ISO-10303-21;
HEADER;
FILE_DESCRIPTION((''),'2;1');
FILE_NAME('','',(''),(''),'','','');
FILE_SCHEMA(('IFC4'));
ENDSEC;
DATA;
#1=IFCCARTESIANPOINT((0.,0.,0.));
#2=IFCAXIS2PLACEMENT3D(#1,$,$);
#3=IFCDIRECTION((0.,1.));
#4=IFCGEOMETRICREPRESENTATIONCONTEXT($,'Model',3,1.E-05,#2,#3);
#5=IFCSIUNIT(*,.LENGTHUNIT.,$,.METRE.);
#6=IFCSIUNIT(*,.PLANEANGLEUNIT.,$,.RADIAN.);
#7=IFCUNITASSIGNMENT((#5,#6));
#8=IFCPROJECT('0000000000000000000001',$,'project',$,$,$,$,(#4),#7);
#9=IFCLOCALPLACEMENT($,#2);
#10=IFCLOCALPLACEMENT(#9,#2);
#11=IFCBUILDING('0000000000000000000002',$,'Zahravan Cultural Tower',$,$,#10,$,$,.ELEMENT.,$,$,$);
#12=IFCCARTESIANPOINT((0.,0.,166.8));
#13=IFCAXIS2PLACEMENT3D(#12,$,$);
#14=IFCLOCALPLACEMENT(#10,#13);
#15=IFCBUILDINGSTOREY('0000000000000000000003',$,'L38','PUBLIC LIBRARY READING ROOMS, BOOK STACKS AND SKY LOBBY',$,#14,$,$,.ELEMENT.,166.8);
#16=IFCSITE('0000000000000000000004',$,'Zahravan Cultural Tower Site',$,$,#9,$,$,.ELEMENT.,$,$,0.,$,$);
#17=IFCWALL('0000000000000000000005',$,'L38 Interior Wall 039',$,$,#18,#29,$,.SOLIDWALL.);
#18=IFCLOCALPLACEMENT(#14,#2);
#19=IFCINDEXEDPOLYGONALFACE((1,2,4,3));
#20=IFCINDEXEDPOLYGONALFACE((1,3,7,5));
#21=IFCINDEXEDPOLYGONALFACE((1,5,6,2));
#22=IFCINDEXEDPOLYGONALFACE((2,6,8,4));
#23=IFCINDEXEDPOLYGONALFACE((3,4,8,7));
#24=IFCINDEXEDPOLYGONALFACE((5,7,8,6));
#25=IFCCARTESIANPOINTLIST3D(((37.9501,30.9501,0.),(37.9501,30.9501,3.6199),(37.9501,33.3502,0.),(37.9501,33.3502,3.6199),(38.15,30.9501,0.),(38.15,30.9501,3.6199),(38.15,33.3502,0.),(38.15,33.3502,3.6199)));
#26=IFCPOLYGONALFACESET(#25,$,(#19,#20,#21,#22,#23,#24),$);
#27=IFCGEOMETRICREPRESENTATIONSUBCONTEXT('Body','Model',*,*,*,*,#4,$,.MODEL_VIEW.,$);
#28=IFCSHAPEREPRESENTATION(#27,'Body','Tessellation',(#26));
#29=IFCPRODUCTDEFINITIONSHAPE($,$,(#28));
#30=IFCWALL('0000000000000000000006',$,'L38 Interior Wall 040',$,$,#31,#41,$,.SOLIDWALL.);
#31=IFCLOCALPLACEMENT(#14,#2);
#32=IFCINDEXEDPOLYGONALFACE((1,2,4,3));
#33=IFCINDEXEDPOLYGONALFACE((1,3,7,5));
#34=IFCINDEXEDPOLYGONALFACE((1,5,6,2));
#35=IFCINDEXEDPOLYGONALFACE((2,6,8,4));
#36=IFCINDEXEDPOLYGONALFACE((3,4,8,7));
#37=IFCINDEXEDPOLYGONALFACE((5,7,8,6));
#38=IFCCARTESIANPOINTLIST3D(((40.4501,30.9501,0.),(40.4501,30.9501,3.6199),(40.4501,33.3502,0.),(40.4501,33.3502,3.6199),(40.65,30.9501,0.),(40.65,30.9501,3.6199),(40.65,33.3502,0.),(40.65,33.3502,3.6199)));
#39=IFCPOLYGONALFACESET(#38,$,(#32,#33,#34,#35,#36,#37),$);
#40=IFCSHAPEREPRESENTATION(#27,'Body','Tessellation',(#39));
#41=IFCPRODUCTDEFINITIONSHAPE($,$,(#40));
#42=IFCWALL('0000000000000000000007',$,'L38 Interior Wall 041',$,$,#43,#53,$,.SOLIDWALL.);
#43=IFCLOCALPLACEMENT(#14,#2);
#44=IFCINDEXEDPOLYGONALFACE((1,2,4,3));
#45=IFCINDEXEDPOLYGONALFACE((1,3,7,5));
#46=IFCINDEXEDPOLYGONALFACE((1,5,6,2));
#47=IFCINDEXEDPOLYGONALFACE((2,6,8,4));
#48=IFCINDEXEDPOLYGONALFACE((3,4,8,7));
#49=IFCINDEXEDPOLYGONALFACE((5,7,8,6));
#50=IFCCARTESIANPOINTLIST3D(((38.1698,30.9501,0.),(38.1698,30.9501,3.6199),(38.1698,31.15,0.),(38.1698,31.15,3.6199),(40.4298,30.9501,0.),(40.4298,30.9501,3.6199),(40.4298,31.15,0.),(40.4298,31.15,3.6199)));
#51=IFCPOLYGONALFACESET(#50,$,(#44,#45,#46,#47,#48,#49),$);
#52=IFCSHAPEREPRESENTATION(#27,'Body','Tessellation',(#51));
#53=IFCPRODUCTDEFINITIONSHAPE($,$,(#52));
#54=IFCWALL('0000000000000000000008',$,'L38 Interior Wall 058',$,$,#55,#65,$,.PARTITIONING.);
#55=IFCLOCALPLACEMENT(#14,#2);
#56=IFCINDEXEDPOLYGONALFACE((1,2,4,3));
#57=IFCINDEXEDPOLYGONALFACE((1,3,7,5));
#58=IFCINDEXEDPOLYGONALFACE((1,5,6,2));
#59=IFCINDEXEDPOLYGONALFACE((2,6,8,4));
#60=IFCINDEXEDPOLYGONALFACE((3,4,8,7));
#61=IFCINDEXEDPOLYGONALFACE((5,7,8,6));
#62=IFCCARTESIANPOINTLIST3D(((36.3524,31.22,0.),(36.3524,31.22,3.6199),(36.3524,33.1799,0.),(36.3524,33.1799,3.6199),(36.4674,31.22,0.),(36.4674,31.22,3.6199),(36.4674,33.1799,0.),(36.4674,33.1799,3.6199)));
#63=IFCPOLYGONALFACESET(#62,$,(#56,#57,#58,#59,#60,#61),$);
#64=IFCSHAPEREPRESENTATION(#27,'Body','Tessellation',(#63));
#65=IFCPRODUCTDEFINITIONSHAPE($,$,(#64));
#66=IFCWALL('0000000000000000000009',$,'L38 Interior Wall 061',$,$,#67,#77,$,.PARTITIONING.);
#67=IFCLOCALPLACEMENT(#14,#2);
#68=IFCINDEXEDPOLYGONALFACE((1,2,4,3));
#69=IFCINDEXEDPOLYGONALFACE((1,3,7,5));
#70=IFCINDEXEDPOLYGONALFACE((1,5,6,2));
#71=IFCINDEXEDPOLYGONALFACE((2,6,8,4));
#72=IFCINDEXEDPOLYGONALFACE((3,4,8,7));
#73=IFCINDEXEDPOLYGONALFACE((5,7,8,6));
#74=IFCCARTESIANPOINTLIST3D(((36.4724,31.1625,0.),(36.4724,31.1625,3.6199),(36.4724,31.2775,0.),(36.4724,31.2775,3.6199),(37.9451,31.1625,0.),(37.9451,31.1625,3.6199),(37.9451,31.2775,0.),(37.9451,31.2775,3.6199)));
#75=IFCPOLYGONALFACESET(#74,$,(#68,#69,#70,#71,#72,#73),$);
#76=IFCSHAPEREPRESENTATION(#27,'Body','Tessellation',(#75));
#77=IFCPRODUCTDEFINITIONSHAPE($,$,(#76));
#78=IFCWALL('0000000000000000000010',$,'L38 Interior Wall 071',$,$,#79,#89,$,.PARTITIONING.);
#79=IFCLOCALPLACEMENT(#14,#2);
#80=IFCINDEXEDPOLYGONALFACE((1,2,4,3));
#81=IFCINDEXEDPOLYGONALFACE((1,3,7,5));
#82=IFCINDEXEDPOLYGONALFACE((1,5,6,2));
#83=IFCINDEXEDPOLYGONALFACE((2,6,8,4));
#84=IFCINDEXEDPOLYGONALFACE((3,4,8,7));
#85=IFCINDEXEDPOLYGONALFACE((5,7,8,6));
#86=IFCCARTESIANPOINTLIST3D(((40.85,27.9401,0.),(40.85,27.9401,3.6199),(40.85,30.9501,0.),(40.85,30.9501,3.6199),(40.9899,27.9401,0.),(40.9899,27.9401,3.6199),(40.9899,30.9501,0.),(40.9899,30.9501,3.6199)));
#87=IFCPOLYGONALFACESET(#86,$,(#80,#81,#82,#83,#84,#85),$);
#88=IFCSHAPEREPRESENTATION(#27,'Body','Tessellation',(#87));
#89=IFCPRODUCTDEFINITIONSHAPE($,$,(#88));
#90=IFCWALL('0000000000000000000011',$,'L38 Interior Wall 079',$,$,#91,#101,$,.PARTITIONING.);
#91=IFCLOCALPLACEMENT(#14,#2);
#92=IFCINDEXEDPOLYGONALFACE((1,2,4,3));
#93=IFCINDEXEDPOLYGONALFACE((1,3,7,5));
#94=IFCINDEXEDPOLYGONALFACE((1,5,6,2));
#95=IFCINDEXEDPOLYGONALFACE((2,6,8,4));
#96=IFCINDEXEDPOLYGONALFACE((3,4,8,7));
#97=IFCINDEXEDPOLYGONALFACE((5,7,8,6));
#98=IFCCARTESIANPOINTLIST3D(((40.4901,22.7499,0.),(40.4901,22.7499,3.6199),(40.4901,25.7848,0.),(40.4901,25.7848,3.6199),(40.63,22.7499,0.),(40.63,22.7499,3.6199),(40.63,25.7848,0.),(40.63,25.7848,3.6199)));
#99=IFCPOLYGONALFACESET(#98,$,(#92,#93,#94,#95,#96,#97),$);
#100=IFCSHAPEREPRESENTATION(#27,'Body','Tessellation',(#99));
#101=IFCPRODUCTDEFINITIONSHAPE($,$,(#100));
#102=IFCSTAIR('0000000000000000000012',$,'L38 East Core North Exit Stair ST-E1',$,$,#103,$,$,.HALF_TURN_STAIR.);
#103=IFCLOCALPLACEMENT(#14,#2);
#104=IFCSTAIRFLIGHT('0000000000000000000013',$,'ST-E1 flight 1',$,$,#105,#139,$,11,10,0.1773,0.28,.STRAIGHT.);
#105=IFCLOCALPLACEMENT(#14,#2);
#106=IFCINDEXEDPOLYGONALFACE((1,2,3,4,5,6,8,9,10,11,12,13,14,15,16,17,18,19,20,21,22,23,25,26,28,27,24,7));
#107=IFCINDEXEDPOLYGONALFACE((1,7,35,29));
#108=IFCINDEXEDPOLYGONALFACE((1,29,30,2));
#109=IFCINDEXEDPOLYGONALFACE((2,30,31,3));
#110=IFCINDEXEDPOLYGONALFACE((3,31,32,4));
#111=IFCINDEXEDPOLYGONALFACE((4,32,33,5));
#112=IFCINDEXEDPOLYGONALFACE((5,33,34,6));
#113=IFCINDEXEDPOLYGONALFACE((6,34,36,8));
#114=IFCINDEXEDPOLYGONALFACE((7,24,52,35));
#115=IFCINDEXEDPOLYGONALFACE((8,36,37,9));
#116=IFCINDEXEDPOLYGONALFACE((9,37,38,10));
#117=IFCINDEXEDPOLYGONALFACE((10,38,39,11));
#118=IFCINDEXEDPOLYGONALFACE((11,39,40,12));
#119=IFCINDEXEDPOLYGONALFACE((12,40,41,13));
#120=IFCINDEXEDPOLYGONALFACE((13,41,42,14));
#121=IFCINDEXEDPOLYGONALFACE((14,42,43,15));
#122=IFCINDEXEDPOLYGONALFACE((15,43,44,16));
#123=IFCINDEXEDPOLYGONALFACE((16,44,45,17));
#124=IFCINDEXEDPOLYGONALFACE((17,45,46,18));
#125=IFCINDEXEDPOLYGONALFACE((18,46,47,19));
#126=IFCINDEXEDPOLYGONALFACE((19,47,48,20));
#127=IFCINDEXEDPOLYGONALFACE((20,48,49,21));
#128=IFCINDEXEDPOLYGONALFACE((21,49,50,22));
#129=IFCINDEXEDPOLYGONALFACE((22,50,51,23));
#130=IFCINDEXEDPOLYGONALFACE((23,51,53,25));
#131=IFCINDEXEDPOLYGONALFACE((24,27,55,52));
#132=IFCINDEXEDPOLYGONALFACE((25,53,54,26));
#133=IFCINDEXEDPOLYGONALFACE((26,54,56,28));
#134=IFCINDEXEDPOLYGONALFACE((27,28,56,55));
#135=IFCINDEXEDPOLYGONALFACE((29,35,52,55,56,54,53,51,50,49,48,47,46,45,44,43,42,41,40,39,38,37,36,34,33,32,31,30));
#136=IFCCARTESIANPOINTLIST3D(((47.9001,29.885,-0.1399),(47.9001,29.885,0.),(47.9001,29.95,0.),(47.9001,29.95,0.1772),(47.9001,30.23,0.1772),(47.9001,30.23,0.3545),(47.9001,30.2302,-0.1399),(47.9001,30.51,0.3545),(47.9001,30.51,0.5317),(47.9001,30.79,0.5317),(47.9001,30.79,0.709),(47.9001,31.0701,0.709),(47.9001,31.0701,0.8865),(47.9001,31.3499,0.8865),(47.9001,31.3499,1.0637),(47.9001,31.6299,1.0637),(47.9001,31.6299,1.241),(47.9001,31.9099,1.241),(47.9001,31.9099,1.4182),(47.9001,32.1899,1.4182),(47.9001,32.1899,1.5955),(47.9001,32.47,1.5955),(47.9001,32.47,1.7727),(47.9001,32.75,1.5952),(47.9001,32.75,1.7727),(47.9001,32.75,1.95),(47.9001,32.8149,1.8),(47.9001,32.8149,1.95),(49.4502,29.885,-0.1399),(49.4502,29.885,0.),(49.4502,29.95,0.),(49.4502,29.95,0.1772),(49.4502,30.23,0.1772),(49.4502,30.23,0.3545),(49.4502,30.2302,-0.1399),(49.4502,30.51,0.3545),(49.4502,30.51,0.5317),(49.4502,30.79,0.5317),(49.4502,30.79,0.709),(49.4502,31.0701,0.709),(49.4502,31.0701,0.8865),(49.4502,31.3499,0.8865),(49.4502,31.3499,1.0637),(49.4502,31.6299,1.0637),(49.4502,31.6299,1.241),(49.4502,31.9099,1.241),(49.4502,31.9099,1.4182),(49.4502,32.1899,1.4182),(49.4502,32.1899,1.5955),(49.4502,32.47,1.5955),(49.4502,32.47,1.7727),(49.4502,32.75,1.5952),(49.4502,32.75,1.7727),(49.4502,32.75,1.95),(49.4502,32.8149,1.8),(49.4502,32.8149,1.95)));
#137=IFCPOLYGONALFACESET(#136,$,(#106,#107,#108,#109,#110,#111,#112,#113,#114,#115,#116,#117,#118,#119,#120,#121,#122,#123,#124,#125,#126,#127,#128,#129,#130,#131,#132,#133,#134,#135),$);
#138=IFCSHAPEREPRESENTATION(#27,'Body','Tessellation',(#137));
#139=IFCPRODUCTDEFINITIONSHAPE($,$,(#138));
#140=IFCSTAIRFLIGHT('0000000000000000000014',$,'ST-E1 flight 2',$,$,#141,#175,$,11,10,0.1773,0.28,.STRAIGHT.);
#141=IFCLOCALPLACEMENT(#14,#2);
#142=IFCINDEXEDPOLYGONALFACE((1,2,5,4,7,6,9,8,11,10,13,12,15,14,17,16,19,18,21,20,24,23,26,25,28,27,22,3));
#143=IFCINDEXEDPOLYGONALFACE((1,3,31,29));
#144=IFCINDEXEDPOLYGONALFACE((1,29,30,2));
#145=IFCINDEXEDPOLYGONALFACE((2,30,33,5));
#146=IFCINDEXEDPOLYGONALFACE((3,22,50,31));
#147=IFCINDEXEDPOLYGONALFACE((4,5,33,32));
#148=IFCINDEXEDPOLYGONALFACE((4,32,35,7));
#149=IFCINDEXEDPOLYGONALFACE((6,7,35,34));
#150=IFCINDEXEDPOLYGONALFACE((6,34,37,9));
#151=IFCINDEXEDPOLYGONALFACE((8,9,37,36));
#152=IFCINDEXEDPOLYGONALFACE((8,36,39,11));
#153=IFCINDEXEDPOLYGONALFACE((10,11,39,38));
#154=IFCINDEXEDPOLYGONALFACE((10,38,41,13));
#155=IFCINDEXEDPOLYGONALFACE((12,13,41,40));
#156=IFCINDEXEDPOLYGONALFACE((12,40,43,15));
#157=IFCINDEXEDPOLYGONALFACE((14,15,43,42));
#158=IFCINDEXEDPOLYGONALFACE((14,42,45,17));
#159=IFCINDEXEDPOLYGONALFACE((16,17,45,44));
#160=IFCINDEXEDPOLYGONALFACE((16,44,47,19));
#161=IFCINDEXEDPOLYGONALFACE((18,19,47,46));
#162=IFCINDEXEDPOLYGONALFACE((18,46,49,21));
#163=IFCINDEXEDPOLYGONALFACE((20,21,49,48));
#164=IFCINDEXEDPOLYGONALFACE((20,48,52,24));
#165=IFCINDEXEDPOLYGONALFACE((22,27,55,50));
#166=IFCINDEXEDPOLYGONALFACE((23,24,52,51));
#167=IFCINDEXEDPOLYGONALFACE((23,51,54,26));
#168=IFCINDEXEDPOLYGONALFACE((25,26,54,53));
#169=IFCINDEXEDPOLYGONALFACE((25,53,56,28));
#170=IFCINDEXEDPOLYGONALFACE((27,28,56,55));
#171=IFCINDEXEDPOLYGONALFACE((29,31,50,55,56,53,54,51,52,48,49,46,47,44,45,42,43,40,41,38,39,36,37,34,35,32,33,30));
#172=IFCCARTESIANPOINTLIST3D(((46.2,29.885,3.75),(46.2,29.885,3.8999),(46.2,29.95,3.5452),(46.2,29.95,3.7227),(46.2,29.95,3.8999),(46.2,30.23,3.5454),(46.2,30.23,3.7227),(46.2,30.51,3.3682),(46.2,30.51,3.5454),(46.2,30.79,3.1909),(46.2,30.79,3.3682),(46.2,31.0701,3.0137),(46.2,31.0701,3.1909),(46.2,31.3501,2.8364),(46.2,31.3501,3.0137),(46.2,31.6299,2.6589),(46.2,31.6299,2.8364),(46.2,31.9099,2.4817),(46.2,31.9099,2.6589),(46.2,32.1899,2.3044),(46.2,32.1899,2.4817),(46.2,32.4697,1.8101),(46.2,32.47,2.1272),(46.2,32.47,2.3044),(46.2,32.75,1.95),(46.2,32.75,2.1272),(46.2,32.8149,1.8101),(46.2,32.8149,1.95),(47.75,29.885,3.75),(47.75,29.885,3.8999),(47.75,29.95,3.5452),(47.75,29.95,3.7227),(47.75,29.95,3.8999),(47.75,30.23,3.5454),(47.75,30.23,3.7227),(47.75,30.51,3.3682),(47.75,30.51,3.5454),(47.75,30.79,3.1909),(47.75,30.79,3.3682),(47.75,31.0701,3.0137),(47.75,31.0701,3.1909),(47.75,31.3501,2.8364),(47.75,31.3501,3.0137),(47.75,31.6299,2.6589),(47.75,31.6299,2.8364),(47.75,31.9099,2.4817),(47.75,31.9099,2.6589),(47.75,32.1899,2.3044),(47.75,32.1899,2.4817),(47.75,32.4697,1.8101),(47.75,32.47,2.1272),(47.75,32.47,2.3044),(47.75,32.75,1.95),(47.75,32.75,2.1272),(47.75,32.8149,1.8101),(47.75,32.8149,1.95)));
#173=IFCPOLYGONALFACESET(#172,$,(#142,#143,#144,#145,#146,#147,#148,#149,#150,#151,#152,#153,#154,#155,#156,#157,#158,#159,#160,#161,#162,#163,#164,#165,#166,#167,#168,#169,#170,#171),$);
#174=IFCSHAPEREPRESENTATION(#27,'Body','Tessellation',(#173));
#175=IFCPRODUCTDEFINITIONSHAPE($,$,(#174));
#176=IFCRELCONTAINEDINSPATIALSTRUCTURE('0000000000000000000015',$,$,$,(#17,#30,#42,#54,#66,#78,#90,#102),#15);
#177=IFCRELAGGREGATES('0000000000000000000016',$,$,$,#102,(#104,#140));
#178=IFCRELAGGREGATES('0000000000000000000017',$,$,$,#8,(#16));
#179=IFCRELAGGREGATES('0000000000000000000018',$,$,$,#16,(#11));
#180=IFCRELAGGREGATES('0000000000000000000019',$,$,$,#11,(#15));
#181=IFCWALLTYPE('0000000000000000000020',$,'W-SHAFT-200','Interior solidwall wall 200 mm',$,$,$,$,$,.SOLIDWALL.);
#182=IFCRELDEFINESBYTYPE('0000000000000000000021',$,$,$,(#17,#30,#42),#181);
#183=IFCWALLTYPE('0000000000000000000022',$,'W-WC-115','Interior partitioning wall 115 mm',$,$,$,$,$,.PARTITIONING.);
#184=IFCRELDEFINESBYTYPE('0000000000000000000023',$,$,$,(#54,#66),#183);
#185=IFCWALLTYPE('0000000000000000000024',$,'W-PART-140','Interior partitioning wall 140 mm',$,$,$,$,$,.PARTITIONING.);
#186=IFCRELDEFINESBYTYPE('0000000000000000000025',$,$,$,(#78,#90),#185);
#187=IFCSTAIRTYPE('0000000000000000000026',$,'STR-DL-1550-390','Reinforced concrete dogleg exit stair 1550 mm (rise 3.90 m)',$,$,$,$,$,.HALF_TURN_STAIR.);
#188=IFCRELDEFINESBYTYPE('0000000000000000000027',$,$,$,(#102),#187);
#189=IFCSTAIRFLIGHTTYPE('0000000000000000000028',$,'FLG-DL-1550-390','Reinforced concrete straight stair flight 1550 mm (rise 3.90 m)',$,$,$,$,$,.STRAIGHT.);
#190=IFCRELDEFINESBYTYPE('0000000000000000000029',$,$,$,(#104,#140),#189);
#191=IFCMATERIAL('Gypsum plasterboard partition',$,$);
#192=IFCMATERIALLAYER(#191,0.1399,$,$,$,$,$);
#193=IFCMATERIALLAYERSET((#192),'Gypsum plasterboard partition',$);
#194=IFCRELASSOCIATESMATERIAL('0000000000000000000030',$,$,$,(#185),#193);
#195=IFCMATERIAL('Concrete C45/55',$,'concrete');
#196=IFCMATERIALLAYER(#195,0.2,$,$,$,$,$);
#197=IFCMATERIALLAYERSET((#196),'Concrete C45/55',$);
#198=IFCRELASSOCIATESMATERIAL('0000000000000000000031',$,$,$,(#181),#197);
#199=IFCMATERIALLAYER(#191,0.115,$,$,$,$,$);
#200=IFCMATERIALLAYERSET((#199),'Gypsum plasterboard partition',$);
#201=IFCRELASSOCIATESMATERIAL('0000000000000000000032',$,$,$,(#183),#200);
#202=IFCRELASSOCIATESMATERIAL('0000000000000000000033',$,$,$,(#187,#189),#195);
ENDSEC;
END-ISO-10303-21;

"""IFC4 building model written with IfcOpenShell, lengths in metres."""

from ifc_helpers import new_model, si_unit, direction, frame, frame_2d, origin, place, context, subcontext, project, spatial, polyline, rectangle, outline, extrude, source, transform, mapped, material, layer, layer_set, type_object, element, aggregate, save


model = new_model("IFC4")

# Units and contexts
model_context = context("Model", 3, precision=1e-05, world=origin(), true_north=direction((0.0, 1.0)))
body_context = subcontext(model_context, "Body", "Model", "MODEL_VIEW")
ifc_project = project(units=[si_unit("LENGTHUNIT", "METRE"), si_unit("PLANEANGLEUNIT", "RADIAN")], contexts=[model_context])

# Site, building, storey
site_placement = place(None, origin())
site = spatial("IfcSite", under=ifc_project, at=site_placement, Name="Zahravan Cultural Tower Site", CompositionType="ELEMENT", RefElevation=0.0)
building_placement = place(site_placement, origin())
building = spatial("IfcBuilding", under=site, at=building_placement, Name="Zahravan Cultural Tower", CompositionType="ELEMENT")
storey_placement = place(building_placement, frame((0.0, 0.0, 166.8)))
storey = spatial("IfcBuildingStorey", under=building, at=storey_placement, Name="L38", Description="PUBLIC LIBRARY READING ROOMS, BOOK STACKS AND SKY LOBBY", CompositionType="ELEMENT", Elevation=166.8)

# Shared definitions
ifc_material_1 = material(Name="Gypsum plasterboard partition")
ifc_layer_1 = layer(ifc_material_1, 0.1399)
ifc_layer_set_1 = layer_set([ifc_layer_1], Name="Gypsum plasterboard partition")
wall_type_1 = type_object("IfcWallType", Name="W-PART-140", Description="Interior partitioning wall 140 mm", PredefinedType="PARTITIONING", material=ifc_layer_set_1)
ifc_material_2 = material(Name="Concrete C45/55", Category="concrete")
ifc_layer_2 = layer(ifc_material_2, 0.2)
ifc_layer_set_2 = layer_set([ifc_layer_2], Name="Concrete C45/55")
wall_type_2 = type_object("IfcWallType", Name="W-SHAFT-200", Description="Interior solidwall wall 200 mm", PredefinedType="SOLIDWALL", material=ifc_layer_set_2)

# Walls
shared_shape_1 = source(origin(), body_context, "Body", "SweptSolid", [
    extrude(rectangle(XDim=2.4001, YDim=0.2, at=frame_2d((1.2002, 0.0))), origin(), (0.0, 0.0, 1.0), 3.6199),
])
for number, where, z_axis, x_axis, name in (
    (1, (38.05, 30.95, 0.0), (0.0, 0.0, 1.0), (0.0, 1.0, 0.0), "L38 Interior Wall 039"),
    (2, (40.55, 30.95, 0.0), (0.0, 0.0, 1.0), (0.0, 1.0, 0.0), "L38 Interior Wall 040"),
):
    element("IfcWall", number, at=place(storey_placement, frame(where, z_axis=z_axis, x_axis=x_axis)), inside=storey, type_object=wall_type_2, Name=name, PredefinedType="SOLIDWALL", context=body_context, shape_type="MappedRepresentation", body=[
        mapped(shared_shape_1, transform((0.0, 0.0, 0.0), x_axis=(1.0, 0.0, 0.0), y_axis=(0.0, 1.0, 0.0), z_axis=(0.0, 0.0, 1.0), scale=1.0)),
    ])
shared_shape_2 = source(origin(), body_context, "Body", "SweptSolid", [
    extrude(rectangle(XDim=2.26, YDim=0.2, at=frame_2d((1.1299, 0.0))), origin(), (0.0, 0.0, 1.0), 3.6199),
])
wall_1_placement = place(storey_placement, frame((38.1699, 31.05, 0.0), z_axis=(0.0, 0.0, 1.0), x_axis=(1.0, 0.0, 0.0)))
element("IfcWall", 3, at=wall_1_placement, inside=storey, type_object=wall_type_2, Name="L38 Interior Wall 041", PredefinedType="SOLIDWALL", context=body_context, shape_type="MappedRepresentation", body=[
    mapped(shared_shape_2, transform((0.0, 0.0, 0.0), x_axis=(1.0, 0.0, 0.0), y_axis=(0.0, 1.0, 0.0), z_axis=(0.0, 0.0, 1.0), scale=1.0)),
])
ifc_layer_3 = layer(ifc_material_1, 0.115)
ifc_layer_set_3 = layer_set([ifc_layer_3], Name="Gypsum plasterboard partition")
wall_type_3 = type_object("IfcWallType", Name="W-WC-115", Description="Interior partitioning wall 115 mm", PredefinedType="PARTITIONING", material=ifc_layer_set_3)
shared_shape_3 = source(origin(), body_context, "Body", "SweptSolid", [
    extrude(rectangle(XDim=1.96, YDim=0.115, at=frame_2d((0.98, 0.0))), origin(), (0.0, 0.0, 1.0), 3.6199),
])
wall_2_placement = place(storey_placement, frame((36.4099, 33.1799, 0.0), z_axis=(0.0, 0.0, 1.0), x_axis=(0.0, -1.0, 0.0)))
element("IfcWall", 4, at=wall_2_placement, inside=storey, type_object=wall_type_3, Name="L38 Interior Wall 058", PredefinedType="PARTITIONING", context=body_context, shape_type="MappedRepresentation", body=[
    mapped(shared_shape_3, transform((0.0, 0.0, 0.0), x_axis=(1.0, 0.0, 0.0), y_axis=(0.0, 1.0, 0.0), z_axis=(0.0, 0.0, 1.0), scale=1.0)),
])
shared_shape_4 = source(origin(), body_context, "Body", "SweptSolid", [
    extrude(rectangle(XDim=1.4727, YDim=0.115, at=frame_2d((0.7363, 0.0))), origin(), (0.0, 0.0, 1.0), 3.6199),
])
wall_3_placement = place(storey_placement, frame((37.9451, 31.22, 0.0), z_axis=(0.0, 0.0, 1.0), x_axis=(-1.0, 0.0, 0.0)))
element("IfcWall", 5, at=wall_3_placement, inside=storey, type_object=wall_type_3, Name="L38 Interior Wall 061", PredefinedType="PARTITIONING", context=body_context, shape_type="MappedRepresentation", body=[
    mapped(shared_shape_4, transform((0.0, 0.0, 0.0), x_axis=(1.0, 0.0, 0.0), y_axis=(0.0, 1.0, 0.0), z_axis=(0.0, 0.0, 1.0), scale=1.0)),
])
shared_shape_5 = source(origin(), body_context, "Body", "SweptSolid", [
    extrude(rectangle(XDim=3.01, YDim=0.1399, at=frame_2d((1.5049, 0.0))), origin(), (0.0, 0.0, 1.0), 3.6199),
])
wall_4_placement = place(storey_placement, frame((40.9199, 30.95, 0.0), z_axis=(0.0, 0.0, 1.0), x_axis=(0.0, -1.0, 0.0)))
element("IfcWall", 6, at=wall_4_placement, inside=storey, type_object=wall_type_1, Name="L38 Interior Wall 071", PredefinedType="PARTITIONING", context=body_context, shape_type="MappedRepresentation", body=[
    mapped(shared_shape_5, transform((0.0, 0.0, 0.0), x_axis=(1.0, 0.0, 0.0), y_axis=(0.0, 1.0, 0.0), z_axis=(0.0, 0.0, 1.0), scale=1.0)),
])
shared_shape_6 = source(origin(), body_context, "Body", "SweptSolid", [
    extrude(rectangle(XDim=3.0349, YDim=0.1399, at=frame_2d((1.5176, 0.0))), origin(), (0.0, 0.0, 1.0), 3.6199),
])
wall_5_placement = place(storey_placement, frame((40.5601, 25.7849, 0.0), z_axis=(0.0, 0.0, 1.0), x_axis=(0.0, -1.0, 0.0)))
element("IfcWall", 7, at=wall_5_placement, inside=storey, type_object=wall_type_1, Name="L38 Interior Wall 079", PredefinedType="PARTITIONING", context=body_context, shape_type="MappedRepresentation", body=[
    mapped(shared_shape_6, transform((0.0, 0.0, 0.0), x_axis=(1.0, 0.0, 0.0), y_axis=(0.0, 1.0, 0.0), z_axis=(0.0, 0.0, 1.0), scale=1.0)),
])

# Stair, stair flights
stair_type = type_object("IfcStairType", Name="STR-DL-1550-390", Description="Reinforced concrete dogleg exit stair 1550 mm (rise 3.90 m)", PredefinedType="HALF_TURN_STAIR", material=ifc_material_2)
stair_placement = place(storey_placement, origin())
stair = element("IfcStair", 8, at=stair_placement, inside=storey, type_object=stair_type, Name="L38 East Core North Exit Stair ST-E1", PredefinedType="HALF_TURN_STAIR")
stair_flight_type = type_object("IfcStairFlightType", Name="FLG-DL-1550-390", Description="Reinforced concrete straight stair flight 1550 mm (rise 3.90 m)", PredefinedType="STRAIGHT", material=ifc_material_2)
stair_flight_1_placement = place(storey_placement, frame((48.675, 29.95, 0.0), z_axis=(0.0, 0.0, 1.0), x_axis=(0.0, 1.0, 0.0)))
stair_flight_1 = element("IfcStairFlight", 9, at=stair_flight_1_placement, type_object=stair_flight_type, Name="ST-E1 flight 1", NumberOfRisers=11, NumberOfTreads=10, PredefinedType="STRAIGHT", RiserHeight=0.1773, TreadLength=0.28, context=body_context, shape_type="SweptSolid", body=[
    extrude(outline(polyline([(-0.0649, -0.1399), (-0.0649, 0.0), (0.0, 0.0), (0.0, 0.1772), (0.28, 0.1772), (0.28, 0.3545), (0.5601, 0.3545), (0.5601, 0.5317), (0.8401, 0.5317), (0.8401, 0.709), (1.1201, 0.709), (1.1201, 0.8865), (1.3999, 0.8865), (1.3999, 1.0637), (1.6799, 1.0637), (1.6799, 1.241), (1.96, 1.241), (1.96, 1.4182), (2.24, 1.4182), (2.24, 1.5955), (2.52, 1.5955), (2.52, 1.7727), (2.8, 1.7727), (2.8, 1.95), (2.865, 1.95), (2.865, 1.8), (2.8, 1.5952), (0.2803, -0.1399), (-0.0649, -0.1399)])), frame((0.0, 0.7749, 0.0), z_axis=(0.0, -1.0, 0.0), x_axis=(1.0, 0.0, 0.0)), (0.0, 0.0, 1.0), 1.55),
])
stair_flight_2_placement = place(storey_placement, frame((46.9751, 32.75, 1.95), z_axis=(0.0, 0.0, 1.0), x_axis=(0.0, -1.0, 0.0)))
stair_flight_2 = element("IfcStairFlight", 10, at=stair_flight_2_placement, type_object=stair_flight_type, Name="ST-E1 flight 2", NumberOfRisers=11, NumberOfTreads=10, PredefinedType="STRAIGHT", RiserHeight=0.1773, TreadLength=0.28, context=body_context, shape_type="SweptSolid", body=[
    extrude(outline(polyline([(-0.0649, -0.1399), (-0.0649, 0.0), (0.0, 0.0), (0.0, 0.1772), (0.28, 0.1772), (0.28, 0.3545), (0.5601, 0.3545), (0.5601, 0.5317), (0.8401, 0.5317), (0.8401, 0.709), (1.1201, 0.709), (1.1201, 0.8865), (1.3999, 0.8865), (1.3999, 1.0637), (1.6799, 1.0637), (1.6799, 1.241), (1.96, 1.241), (1.96, 1.4182), (2.24, 1.4182), (2.24, 1.5955), (2.52, 1.5955), (2.52, 1.7727), (2.8, 1.7727), (2.8, 1.95), (2.865, 1.95), (2.865, 1.8), (2.8, 1.5952), (0.2803, -0.1399), (-0.0649, -0.1399)])), frame((0.0, 0.7749, 0.0), z_axis=(0.0, -1.0, 0.0), x_axis=(1.0, 0.0, 0.0)), (0.0, 0.0, 1.0), 1.55),
])
aggregate(stair, [stair_flight_1, stair_flight_2])

save(model, "model.ifc")
